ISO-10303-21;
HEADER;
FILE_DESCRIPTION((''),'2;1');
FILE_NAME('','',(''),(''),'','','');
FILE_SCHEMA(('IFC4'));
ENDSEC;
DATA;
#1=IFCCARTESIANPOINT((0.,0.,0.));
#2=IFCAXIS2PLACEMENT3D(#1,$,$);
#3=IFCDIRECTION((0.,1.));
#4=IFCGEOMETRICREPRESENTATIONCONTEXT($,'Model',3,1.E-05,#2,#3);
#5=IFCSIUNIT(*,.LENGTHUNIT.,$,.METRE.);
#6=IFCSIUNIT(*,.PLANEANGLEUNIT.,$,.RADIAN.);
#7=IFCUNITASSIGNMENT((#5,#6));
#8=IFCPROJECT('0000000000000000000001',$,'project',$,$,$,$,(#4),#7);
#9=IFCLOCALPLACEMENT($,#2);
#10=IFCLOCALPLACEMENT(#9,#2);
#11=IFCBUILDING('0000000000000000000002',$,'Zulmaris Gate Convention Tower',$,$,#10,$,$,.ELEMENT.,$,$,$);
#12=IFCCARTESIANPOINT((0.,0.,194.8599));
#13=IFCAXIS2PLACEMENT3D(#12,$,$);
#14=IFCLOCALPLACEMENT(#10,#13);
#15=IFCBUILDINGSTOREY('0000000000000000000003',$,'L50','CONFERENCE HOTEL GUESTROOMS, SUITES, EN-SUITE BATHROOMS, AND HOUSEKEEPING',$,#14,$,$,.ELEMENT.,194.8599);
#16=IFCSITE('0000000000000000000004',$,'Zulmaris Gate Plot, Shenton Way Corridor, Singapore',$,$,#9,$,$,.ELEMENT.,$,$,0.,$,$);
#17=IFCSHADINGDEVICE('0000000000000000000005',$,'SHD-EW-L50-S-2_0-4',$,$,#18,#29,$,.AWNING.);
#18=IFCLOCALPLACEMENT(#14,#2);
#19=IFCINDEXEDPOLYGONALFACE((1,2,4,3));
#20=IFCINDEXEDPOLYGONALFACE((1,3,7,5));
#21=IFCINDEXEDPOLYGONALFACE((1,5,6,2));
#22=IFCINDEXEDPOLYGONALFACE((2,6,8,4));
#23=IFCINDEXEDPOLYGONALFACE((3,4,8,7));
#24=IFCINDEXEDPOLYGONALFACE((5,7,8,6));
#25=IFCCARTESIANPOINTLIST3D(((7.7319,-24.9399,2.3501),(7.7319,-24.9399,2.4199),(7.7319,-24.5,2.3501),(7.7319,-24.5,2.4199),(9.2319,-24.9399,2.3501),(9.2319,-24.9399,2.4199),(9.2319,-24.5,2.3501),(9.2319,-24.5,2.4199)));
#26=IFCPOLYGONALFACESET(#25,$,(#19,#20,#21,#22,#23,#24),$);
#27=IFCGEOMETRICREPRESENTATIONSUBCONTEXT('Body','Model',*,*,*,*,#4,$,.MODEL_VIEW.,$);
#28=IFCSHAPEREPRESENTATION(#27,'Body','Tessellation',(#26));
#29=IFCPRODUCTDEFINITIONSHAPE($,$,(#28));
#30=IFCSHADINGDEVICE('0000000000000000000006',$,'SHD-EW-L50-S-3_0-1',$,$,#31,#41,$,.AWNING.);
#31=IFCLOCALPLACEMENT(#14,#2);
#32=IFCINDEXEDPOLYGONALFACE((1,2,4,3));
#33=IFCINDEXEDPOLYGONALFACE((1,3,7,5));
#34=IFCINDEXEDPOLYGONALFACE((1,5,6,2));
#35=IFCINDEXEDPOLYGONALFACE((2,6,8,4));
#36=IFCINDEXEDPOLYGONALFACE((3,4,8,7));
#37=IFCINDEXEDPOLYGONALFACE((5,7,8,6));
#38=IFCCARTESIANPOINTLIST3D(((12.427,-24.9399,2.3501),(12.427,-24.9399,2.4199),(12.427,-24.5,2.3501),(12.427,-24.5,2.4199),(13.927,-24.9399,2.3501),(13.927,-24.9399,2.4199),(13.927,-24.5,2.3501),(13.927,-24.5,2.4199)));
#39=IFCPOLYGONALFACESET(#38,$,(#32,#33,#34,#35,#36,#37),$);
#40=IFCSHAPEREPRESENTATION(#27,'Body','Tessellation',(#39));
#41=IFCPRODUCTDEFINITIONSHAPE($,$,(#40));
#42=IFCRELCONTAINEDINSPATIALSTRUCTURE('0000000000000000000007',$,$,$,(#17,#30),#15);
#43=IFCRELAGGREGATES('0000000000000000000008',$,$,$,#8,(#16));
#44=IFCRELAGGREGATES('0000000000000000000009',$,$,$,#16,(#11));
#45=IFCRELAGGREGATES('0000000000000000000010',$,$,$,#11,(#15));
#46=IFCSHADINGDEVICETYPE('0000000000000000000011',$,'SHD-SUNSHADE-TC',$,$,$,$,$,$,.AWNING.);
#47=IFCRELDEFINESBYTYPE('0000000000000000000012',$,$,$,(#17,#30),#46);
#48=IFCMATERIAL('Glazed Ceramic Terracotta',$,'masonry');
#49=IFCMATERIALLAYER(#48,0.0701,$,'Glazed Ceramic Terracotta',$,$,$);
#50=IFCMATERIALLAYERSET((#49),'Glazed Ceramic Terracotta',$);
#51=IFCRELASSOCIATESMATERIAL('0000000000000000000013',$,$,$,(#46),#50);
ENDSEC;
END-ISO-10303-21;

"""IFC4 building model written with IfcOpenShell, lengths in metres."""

from ifc_helpers import new_model, si_unit, direction, frame, frame_2d, origin, place, context, subcontext, project, spatial, rectangle, extrude, material, layer, layer_set, type_object, element, save


model = new_model("IFC4")

# Units and contexts
model_context = context("Model", 3, precision=1e-05, world=origin(), true_north=direction((0.0, 1.0)))
body_context = subcontext(model_context, "Body", "Model", "MODEL_VIEW")
ifc_project = project(units=[si_unit("LENGTHUNIT", "METRE"), si_unit("PLANEANGLEUNIT", "RADIAN")], contexts=[model_context])

# Site, building, storey
site_placement = place(None, origin())
site = spatial("IfcSite", under=ifc_project, at=site_placement, Name="Zulmaris Gate Plot, Shenton Way Corridor, Singapore", CompositionType="ELEMENT", RefElevation=0.0)
building_placement = place(site_placement, origin())
building = spatial("IfcBuilding", under=site, at=building_placement, Name="Zulmaris Gate Convention Tower", CompositionType="ELEMENT")
storey_placement = place(building_placement, frame((0.0, 0.0, 194.8599)))
storey = spatial("IfcBuildingStorey", under=building, at=storey_placement, Name="L50", Description="CONFERENCE HOTEL GUESTROOMS, SUITES, EN-SUITE BATHROOMS, AND HOUSEKEEPING", CompositionType="ELEMENT", Elevation=194.8599)

# Shading devices
ifc_material_1 = material(Name="Glazed Ceramic Terracotta", Category="masonry")
ifc_layer_1 = layer(ifc_material_1, 0.0701, Name="Glazed Ceramic Terracotta")
ifc_layer_set_1 = layer_set([ifc_layer_1], Name="Glazed Ceramic Terracotta")
shading_device_type = type_object("IfcShadingDeviceType", Name="SHD-SUNSHADE-TC", PredefinedType="AWNING", material=ifc_layer_set_1)
for number, where, z_axis, x_axis, name in (
    (1, (7.7319, -24.72, 2.3501), (0.0, 0.0, 1.0), (1.0, 0.0, 0.0), "SHD-EW-L50-S-2_0-4"),
    (2, (12.427, -24.72, 2.3501), (0.0, 0.0, 1.0), (1.0, 0.0, 0.0), "SHD-EW-L50-S-3_0-1"),
):
    element("IfcShadingDevice", number, at=place(storey_placement, frame(where, z_axis=z_axis, x_axis=x_axis)), inside=storey, type_object=shading_device_type, Name=name, PredefinedType="AWNING", context=body_context, shape_type="SweptSolid", body=[
        extrude(rectangle(XDim=1.5, YDim=0.4399, at=frame_2d((0.75, 0.0))), origin(), (0.0, 0.0, 1.0), 0.0698),
    ])

save(model, "model.ifc")
